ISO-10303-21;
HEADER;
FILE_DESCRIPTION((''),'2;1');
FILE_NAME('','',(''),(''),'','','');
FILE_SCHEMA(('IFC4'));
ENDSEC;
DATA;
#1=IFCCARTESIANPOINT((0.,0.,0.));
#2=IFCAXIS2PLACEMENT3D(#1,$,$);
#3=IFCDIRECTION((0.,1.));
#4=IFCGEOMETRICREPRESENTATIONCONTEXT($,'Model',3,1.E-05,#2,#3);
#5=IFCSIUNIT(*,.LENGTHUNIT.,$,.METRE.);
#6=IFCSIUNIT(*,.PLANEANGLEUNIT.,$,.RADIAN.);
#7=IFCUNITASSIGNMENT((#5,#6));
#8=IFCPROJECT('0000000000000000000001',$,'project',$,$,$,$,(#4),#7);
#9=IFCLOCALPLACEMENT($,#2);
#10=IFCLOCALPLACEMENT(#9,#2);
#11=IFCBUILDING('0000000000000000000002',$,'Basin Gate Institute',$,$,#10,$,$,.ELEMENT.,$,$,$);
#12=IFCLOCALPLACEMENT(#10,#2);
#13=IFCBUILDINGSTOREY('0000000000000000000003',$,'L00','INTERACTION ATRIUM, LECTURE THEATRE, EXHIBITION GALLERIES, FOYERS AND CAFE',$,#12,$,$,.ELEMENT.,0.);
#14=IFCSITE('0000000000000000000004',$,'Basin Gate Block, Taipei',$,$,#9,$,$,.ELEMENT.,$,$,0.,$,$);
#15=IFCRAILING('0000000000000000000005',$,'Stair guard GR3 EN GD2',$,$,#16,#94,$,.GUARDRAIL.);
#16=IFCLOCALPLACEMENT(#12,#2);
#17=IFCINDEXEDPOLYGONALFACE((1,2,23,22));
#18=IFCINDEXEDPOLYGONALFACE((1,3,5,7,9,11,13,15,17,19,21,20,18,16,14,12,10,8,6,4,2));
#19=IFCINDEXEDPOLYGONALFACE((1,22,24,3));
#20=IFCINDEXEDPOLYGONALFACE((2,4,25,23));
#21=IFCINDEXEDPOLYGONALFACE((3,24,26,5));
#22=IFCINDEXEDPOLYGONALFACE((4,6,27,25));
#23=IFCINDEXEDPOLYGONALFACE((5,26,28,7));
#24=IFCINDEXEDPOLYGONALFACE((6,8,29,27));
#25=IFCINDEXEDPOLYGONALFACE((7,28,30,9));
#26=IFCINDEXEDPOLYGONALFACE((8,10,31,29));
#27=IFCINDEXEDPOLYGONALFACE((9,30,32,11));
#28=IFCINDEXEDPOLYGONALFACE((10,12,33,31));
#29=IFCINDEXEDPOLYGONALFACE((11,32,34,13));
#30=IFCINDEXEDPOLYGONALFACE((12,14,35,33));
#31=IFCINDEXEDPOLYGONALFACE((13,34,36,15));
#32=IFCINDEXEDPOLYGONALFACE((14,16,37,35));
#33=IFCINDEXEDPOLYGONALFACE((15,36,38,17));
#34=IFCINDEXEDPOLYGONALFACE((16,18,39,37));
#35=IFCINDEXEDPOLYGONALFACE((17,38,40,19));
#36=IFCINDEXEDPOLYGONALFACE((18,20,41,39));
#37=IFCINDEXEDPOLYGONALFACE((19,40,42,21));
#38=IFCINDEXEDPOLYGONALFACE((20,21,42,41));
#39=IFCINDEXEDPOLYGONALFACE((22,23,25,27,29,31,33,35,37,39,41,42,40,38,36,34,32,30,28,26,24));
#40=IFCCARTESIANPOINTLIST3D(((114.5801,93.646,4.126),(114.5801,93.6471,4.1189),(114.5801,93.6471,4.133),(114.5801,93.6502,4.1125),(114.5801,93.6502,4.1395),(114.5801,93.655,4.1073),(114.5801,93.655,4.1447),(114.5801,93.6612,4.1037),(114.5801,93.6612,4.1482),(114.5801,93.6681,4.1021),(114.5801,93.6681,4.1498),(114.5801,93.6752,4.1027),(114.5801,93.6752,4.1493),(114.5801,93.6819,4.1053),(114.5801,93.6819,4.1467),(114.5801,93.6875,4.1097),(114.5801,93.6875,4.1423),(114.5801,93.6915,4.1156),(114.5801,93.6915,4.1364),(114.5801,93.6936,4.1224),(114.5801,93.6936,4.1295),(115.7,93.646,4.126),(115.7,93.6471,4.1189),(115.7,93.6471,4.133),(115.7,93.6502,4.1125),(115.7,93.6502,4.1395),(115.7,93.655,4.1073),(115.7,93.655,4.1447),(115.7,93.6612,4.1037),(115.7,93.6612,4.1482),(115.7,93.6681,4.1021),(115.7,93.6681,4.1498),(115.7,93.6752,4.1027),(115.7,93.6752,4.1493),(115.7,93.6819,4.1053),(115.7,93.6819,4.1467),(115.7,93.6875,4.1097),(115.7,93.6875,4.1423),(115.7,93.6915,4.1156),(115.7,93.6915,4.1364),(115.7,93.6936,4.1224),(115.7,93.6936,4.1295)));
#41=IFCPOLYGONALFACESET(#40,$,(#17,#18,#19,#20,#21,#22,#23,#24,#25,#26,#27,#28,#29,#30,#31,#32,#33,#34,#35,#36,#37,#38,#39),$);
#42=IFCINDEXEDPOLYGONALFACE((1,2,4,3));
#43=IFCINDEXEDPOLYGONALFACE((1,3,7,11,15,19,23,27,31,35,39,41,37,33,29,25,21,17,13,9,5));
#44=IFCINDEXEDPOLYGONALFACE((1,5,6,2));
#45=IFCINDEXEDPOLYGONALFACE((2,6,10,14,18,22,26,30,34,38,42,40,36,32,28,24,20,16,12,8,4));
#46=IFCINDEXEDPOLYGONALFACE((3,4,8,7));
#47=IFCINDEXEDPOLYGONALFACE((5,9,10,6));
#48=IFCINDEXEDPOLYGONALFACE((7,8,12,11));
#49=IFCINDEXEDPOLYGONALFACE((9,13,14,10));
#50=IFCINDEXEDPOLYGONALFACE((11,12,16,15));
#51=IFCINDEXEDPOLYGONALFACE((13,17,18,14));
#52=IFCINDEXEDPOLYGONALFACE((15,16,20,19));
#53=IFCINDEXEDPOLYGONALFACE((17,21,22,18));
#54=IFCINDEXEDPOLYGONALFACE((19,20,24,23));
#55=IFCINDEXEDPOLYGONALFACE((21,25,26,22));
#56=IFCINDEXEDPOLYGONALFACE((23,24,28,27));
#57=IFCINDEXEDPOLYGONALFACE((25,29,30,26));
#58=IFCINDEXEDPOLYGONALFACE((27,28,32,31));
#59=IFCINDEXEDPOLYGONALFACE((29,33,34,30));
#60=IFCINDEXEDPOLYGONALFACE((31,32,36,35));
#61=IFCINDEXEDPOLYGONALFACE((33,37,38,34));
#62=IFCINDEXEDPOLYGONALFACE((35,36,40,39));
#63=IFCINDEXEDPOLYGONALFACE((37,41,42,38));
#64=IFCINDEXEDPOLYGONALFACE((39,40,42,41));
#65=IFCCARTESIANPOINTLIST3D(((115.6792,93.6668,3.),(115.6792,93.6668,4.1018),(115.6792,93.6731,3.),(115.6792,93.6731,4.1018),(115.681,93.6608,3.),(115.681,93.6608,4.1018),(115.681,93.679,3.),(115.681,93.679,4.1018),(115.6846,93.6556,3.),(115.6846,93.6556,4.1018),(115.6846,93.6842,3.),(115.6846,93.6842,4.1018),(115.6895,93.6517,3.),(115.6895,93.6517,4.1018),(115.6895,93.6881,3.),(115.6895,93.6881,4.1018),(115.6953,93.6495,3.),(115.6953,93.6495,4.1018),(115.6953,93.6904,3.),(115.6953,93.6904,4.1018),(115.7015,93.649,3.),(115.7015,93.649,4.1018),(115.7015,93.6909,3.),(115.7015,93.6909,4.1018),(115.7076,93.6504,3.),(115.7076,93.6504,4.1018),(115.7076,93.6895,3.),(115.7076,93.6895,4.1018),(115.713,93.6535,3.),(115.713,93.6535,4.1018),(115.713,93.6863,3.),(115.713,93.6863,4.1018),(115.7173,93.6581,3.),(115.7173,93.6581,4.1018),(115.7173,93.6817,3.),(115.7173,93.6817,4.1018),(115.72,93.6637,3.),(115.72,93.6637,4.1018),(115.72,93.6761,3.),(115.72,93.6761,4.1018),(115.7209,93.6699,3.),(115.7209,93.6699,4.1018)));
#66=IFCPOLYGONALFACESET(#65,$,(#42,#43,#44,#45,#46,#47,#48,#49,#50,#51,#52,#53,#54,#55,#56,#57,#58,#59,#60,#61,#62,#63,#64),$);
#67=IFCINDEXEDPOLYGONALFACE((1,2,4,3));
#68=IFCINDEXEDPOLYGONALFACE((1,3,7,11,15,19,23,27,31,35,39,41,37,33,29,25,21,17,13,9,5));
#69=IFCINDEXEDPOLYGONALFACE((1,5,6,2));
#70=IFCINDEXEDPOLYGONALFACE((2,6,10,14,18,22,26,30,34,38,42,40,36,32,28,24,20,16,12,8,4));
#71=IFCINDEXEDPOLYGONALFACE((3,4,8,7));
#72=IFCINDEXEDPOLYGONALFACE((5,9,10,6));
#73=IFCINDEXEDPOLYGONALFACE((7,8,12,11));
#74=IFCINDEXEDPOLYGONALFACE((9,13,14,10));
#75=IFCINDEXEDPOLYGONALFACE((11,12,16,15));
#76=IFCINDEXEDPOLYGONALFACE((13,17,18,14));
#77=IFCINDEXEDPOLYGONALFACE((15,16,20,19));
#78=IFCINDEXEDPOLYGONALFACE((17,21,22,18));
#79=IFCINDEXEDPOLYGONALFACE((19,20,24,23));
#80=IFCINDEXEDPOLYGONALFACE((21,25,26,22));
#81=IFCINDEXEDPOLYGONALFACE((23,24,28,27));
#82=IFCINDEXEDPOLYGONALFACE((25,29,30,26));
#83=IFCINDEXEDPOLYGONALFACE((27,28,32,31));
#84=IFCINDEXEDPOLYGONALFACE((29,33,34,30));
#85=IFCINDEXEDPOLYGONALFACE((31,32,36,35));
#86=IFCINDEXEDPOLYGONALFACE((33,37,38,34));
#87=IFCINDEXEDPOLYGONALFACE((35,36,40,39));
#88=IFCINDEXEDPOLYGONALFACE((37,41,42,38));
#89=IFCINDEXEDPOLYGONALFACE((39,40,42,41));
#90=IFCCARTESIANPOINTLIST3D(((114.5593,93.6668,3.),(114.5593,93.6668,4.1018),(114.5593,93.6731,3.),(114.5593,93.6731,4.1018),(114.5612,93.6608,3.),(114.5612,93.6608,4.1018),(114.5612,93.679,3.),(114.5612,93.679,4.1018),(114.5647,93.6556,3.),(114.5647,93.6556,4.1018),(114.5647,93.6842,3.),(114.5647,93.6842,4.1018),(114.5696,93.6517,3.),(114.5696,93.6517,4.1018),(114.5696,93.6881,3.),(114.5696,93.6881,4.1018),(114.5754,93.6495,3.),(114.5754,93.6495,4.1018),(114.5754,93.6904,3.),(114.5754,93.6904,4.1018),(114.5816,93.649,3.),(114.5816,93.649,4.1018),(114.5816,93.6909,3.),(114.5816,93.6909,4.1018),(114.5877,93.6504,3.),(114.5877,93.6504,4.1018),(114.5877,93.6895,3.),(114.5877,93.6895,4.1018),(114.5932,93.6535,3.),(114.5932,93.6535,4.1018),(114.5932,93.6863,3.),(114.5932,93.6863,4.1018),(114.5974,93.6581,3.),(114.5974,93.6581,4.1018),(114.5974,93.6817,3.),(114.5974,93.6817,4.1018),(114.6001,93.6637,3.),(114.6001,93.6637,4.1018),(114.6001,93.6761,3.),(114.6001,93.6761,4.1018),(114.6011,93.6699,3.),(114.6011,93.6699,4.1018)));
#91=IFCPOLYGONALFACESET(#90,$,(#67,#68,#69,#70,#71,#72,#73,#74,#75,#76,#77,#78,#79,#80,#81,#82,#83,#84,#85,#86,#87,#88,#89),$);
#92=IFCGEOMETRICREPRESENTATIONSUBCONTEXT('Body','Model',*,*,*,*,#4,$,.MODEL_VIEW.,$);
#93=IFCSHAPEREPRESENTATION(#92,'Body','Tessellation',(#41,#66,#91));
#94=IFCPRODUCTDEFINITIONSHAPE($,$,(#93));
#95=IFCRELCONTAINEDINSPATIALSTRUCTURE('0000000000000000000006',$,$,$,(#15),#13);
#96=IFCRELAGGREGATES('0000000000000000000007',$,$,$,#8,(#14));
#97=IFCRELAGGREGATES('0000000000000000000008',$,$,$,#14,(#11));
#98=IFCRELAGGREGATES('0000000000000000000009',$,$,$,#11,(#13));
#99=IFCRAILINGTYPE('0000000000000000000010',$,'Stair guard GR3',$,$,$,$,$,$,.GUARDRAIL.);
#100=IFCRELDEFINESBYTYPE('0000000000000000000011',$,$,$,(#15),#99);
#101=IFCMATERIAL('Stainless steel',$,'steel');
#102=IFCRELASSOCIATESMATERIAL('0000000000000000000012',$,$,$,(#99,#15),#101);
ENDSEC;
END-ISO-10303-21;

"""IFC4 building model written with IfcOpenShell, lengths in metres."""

from ifc_helpers import new_model, si_unit, direction, frame, origin, origin_2d, place, context, subcontext, project, spatial, circle, extrude, material, type_object, element, save


model = new_model("IFC4")

# Units and contexts
model_context = context("Model", 3, precision=1e-05, world=origin(), true_north=direction((0.0, 1.0)))
body_context = subcontext(model_context, "Body", "Model", "MODEL_VIEW")
ifc_project = project(units=[si_unit("LENGTHUNIT", "METRE"), si_unit("PLANEANGLEUNIT", "RADIAN")], contexts=[model_context])

# Site, building, storey
site_placement = place(None, origin())
site = spatial("IfcSite", under=ifc_project, at=site_placement, Name="Basin Gate Block, Taipei", CompositionType="ELEMENT", RefElevation=0.0)
building_placement = place(site_placement, origin())
building = spatial("IfcBuilding", under=site, at=building_placement, Name="Basin Gate Institute", CompositionType="ELEMENT")
storey_placement = place(building_placement, origin())
storey = spatial("IfcBuildingStorey", under=building, at=storey_placement, Name="L00", Description="INTERACTION ATRIUM, LECTURE THEATRE, EXHIBITION GALLERIES, FOYERS AND CAFE", CompositionType="ELEMENT", Elevation=0.0)

# Railing
ifc_material_1 = material(Name="Stainless steel", Category="steel")
railing_type_1 = type_object("IfcRailingType", Name="Stair guard GR3", PredefinedType="GUARDRAIL", material=ifc_material_1)
railing_1_placement = place(storey_placement, frame((115.7, 93.6699, 3.0)))
element("IfcRailing", 1, at=railing_1_placement, inside=storey, type_object=railing_type_1, material=ifc_material_1, Name="Stair guard GR3 EN GD2", PredefinedType="GUARDRAIL", context=body_context, shape_type="SweptSolid", body=[
    extrude(circle(Radius=0.0239, at=origin_2d()), frame((0.0, 0.0, 1.126), z_axis=(-1.0, 0.0, 0.0), x_axis=(0.0, -1.0, 0.0)), (0.0, 0.0, 1.0), 1.1199),
    extrude(circle(Radius=0.021, at=origin_2d()), origin(), (0.0, 0.0, 1.0), 1.1018),
    extrude(circle(Radius=0.021, at=origin_2d()), frame((-1.1199, 0.0, 0.0)), (0.0, 0.0, 1.0), 1.1018),
])

save(model, "model.ifc")
